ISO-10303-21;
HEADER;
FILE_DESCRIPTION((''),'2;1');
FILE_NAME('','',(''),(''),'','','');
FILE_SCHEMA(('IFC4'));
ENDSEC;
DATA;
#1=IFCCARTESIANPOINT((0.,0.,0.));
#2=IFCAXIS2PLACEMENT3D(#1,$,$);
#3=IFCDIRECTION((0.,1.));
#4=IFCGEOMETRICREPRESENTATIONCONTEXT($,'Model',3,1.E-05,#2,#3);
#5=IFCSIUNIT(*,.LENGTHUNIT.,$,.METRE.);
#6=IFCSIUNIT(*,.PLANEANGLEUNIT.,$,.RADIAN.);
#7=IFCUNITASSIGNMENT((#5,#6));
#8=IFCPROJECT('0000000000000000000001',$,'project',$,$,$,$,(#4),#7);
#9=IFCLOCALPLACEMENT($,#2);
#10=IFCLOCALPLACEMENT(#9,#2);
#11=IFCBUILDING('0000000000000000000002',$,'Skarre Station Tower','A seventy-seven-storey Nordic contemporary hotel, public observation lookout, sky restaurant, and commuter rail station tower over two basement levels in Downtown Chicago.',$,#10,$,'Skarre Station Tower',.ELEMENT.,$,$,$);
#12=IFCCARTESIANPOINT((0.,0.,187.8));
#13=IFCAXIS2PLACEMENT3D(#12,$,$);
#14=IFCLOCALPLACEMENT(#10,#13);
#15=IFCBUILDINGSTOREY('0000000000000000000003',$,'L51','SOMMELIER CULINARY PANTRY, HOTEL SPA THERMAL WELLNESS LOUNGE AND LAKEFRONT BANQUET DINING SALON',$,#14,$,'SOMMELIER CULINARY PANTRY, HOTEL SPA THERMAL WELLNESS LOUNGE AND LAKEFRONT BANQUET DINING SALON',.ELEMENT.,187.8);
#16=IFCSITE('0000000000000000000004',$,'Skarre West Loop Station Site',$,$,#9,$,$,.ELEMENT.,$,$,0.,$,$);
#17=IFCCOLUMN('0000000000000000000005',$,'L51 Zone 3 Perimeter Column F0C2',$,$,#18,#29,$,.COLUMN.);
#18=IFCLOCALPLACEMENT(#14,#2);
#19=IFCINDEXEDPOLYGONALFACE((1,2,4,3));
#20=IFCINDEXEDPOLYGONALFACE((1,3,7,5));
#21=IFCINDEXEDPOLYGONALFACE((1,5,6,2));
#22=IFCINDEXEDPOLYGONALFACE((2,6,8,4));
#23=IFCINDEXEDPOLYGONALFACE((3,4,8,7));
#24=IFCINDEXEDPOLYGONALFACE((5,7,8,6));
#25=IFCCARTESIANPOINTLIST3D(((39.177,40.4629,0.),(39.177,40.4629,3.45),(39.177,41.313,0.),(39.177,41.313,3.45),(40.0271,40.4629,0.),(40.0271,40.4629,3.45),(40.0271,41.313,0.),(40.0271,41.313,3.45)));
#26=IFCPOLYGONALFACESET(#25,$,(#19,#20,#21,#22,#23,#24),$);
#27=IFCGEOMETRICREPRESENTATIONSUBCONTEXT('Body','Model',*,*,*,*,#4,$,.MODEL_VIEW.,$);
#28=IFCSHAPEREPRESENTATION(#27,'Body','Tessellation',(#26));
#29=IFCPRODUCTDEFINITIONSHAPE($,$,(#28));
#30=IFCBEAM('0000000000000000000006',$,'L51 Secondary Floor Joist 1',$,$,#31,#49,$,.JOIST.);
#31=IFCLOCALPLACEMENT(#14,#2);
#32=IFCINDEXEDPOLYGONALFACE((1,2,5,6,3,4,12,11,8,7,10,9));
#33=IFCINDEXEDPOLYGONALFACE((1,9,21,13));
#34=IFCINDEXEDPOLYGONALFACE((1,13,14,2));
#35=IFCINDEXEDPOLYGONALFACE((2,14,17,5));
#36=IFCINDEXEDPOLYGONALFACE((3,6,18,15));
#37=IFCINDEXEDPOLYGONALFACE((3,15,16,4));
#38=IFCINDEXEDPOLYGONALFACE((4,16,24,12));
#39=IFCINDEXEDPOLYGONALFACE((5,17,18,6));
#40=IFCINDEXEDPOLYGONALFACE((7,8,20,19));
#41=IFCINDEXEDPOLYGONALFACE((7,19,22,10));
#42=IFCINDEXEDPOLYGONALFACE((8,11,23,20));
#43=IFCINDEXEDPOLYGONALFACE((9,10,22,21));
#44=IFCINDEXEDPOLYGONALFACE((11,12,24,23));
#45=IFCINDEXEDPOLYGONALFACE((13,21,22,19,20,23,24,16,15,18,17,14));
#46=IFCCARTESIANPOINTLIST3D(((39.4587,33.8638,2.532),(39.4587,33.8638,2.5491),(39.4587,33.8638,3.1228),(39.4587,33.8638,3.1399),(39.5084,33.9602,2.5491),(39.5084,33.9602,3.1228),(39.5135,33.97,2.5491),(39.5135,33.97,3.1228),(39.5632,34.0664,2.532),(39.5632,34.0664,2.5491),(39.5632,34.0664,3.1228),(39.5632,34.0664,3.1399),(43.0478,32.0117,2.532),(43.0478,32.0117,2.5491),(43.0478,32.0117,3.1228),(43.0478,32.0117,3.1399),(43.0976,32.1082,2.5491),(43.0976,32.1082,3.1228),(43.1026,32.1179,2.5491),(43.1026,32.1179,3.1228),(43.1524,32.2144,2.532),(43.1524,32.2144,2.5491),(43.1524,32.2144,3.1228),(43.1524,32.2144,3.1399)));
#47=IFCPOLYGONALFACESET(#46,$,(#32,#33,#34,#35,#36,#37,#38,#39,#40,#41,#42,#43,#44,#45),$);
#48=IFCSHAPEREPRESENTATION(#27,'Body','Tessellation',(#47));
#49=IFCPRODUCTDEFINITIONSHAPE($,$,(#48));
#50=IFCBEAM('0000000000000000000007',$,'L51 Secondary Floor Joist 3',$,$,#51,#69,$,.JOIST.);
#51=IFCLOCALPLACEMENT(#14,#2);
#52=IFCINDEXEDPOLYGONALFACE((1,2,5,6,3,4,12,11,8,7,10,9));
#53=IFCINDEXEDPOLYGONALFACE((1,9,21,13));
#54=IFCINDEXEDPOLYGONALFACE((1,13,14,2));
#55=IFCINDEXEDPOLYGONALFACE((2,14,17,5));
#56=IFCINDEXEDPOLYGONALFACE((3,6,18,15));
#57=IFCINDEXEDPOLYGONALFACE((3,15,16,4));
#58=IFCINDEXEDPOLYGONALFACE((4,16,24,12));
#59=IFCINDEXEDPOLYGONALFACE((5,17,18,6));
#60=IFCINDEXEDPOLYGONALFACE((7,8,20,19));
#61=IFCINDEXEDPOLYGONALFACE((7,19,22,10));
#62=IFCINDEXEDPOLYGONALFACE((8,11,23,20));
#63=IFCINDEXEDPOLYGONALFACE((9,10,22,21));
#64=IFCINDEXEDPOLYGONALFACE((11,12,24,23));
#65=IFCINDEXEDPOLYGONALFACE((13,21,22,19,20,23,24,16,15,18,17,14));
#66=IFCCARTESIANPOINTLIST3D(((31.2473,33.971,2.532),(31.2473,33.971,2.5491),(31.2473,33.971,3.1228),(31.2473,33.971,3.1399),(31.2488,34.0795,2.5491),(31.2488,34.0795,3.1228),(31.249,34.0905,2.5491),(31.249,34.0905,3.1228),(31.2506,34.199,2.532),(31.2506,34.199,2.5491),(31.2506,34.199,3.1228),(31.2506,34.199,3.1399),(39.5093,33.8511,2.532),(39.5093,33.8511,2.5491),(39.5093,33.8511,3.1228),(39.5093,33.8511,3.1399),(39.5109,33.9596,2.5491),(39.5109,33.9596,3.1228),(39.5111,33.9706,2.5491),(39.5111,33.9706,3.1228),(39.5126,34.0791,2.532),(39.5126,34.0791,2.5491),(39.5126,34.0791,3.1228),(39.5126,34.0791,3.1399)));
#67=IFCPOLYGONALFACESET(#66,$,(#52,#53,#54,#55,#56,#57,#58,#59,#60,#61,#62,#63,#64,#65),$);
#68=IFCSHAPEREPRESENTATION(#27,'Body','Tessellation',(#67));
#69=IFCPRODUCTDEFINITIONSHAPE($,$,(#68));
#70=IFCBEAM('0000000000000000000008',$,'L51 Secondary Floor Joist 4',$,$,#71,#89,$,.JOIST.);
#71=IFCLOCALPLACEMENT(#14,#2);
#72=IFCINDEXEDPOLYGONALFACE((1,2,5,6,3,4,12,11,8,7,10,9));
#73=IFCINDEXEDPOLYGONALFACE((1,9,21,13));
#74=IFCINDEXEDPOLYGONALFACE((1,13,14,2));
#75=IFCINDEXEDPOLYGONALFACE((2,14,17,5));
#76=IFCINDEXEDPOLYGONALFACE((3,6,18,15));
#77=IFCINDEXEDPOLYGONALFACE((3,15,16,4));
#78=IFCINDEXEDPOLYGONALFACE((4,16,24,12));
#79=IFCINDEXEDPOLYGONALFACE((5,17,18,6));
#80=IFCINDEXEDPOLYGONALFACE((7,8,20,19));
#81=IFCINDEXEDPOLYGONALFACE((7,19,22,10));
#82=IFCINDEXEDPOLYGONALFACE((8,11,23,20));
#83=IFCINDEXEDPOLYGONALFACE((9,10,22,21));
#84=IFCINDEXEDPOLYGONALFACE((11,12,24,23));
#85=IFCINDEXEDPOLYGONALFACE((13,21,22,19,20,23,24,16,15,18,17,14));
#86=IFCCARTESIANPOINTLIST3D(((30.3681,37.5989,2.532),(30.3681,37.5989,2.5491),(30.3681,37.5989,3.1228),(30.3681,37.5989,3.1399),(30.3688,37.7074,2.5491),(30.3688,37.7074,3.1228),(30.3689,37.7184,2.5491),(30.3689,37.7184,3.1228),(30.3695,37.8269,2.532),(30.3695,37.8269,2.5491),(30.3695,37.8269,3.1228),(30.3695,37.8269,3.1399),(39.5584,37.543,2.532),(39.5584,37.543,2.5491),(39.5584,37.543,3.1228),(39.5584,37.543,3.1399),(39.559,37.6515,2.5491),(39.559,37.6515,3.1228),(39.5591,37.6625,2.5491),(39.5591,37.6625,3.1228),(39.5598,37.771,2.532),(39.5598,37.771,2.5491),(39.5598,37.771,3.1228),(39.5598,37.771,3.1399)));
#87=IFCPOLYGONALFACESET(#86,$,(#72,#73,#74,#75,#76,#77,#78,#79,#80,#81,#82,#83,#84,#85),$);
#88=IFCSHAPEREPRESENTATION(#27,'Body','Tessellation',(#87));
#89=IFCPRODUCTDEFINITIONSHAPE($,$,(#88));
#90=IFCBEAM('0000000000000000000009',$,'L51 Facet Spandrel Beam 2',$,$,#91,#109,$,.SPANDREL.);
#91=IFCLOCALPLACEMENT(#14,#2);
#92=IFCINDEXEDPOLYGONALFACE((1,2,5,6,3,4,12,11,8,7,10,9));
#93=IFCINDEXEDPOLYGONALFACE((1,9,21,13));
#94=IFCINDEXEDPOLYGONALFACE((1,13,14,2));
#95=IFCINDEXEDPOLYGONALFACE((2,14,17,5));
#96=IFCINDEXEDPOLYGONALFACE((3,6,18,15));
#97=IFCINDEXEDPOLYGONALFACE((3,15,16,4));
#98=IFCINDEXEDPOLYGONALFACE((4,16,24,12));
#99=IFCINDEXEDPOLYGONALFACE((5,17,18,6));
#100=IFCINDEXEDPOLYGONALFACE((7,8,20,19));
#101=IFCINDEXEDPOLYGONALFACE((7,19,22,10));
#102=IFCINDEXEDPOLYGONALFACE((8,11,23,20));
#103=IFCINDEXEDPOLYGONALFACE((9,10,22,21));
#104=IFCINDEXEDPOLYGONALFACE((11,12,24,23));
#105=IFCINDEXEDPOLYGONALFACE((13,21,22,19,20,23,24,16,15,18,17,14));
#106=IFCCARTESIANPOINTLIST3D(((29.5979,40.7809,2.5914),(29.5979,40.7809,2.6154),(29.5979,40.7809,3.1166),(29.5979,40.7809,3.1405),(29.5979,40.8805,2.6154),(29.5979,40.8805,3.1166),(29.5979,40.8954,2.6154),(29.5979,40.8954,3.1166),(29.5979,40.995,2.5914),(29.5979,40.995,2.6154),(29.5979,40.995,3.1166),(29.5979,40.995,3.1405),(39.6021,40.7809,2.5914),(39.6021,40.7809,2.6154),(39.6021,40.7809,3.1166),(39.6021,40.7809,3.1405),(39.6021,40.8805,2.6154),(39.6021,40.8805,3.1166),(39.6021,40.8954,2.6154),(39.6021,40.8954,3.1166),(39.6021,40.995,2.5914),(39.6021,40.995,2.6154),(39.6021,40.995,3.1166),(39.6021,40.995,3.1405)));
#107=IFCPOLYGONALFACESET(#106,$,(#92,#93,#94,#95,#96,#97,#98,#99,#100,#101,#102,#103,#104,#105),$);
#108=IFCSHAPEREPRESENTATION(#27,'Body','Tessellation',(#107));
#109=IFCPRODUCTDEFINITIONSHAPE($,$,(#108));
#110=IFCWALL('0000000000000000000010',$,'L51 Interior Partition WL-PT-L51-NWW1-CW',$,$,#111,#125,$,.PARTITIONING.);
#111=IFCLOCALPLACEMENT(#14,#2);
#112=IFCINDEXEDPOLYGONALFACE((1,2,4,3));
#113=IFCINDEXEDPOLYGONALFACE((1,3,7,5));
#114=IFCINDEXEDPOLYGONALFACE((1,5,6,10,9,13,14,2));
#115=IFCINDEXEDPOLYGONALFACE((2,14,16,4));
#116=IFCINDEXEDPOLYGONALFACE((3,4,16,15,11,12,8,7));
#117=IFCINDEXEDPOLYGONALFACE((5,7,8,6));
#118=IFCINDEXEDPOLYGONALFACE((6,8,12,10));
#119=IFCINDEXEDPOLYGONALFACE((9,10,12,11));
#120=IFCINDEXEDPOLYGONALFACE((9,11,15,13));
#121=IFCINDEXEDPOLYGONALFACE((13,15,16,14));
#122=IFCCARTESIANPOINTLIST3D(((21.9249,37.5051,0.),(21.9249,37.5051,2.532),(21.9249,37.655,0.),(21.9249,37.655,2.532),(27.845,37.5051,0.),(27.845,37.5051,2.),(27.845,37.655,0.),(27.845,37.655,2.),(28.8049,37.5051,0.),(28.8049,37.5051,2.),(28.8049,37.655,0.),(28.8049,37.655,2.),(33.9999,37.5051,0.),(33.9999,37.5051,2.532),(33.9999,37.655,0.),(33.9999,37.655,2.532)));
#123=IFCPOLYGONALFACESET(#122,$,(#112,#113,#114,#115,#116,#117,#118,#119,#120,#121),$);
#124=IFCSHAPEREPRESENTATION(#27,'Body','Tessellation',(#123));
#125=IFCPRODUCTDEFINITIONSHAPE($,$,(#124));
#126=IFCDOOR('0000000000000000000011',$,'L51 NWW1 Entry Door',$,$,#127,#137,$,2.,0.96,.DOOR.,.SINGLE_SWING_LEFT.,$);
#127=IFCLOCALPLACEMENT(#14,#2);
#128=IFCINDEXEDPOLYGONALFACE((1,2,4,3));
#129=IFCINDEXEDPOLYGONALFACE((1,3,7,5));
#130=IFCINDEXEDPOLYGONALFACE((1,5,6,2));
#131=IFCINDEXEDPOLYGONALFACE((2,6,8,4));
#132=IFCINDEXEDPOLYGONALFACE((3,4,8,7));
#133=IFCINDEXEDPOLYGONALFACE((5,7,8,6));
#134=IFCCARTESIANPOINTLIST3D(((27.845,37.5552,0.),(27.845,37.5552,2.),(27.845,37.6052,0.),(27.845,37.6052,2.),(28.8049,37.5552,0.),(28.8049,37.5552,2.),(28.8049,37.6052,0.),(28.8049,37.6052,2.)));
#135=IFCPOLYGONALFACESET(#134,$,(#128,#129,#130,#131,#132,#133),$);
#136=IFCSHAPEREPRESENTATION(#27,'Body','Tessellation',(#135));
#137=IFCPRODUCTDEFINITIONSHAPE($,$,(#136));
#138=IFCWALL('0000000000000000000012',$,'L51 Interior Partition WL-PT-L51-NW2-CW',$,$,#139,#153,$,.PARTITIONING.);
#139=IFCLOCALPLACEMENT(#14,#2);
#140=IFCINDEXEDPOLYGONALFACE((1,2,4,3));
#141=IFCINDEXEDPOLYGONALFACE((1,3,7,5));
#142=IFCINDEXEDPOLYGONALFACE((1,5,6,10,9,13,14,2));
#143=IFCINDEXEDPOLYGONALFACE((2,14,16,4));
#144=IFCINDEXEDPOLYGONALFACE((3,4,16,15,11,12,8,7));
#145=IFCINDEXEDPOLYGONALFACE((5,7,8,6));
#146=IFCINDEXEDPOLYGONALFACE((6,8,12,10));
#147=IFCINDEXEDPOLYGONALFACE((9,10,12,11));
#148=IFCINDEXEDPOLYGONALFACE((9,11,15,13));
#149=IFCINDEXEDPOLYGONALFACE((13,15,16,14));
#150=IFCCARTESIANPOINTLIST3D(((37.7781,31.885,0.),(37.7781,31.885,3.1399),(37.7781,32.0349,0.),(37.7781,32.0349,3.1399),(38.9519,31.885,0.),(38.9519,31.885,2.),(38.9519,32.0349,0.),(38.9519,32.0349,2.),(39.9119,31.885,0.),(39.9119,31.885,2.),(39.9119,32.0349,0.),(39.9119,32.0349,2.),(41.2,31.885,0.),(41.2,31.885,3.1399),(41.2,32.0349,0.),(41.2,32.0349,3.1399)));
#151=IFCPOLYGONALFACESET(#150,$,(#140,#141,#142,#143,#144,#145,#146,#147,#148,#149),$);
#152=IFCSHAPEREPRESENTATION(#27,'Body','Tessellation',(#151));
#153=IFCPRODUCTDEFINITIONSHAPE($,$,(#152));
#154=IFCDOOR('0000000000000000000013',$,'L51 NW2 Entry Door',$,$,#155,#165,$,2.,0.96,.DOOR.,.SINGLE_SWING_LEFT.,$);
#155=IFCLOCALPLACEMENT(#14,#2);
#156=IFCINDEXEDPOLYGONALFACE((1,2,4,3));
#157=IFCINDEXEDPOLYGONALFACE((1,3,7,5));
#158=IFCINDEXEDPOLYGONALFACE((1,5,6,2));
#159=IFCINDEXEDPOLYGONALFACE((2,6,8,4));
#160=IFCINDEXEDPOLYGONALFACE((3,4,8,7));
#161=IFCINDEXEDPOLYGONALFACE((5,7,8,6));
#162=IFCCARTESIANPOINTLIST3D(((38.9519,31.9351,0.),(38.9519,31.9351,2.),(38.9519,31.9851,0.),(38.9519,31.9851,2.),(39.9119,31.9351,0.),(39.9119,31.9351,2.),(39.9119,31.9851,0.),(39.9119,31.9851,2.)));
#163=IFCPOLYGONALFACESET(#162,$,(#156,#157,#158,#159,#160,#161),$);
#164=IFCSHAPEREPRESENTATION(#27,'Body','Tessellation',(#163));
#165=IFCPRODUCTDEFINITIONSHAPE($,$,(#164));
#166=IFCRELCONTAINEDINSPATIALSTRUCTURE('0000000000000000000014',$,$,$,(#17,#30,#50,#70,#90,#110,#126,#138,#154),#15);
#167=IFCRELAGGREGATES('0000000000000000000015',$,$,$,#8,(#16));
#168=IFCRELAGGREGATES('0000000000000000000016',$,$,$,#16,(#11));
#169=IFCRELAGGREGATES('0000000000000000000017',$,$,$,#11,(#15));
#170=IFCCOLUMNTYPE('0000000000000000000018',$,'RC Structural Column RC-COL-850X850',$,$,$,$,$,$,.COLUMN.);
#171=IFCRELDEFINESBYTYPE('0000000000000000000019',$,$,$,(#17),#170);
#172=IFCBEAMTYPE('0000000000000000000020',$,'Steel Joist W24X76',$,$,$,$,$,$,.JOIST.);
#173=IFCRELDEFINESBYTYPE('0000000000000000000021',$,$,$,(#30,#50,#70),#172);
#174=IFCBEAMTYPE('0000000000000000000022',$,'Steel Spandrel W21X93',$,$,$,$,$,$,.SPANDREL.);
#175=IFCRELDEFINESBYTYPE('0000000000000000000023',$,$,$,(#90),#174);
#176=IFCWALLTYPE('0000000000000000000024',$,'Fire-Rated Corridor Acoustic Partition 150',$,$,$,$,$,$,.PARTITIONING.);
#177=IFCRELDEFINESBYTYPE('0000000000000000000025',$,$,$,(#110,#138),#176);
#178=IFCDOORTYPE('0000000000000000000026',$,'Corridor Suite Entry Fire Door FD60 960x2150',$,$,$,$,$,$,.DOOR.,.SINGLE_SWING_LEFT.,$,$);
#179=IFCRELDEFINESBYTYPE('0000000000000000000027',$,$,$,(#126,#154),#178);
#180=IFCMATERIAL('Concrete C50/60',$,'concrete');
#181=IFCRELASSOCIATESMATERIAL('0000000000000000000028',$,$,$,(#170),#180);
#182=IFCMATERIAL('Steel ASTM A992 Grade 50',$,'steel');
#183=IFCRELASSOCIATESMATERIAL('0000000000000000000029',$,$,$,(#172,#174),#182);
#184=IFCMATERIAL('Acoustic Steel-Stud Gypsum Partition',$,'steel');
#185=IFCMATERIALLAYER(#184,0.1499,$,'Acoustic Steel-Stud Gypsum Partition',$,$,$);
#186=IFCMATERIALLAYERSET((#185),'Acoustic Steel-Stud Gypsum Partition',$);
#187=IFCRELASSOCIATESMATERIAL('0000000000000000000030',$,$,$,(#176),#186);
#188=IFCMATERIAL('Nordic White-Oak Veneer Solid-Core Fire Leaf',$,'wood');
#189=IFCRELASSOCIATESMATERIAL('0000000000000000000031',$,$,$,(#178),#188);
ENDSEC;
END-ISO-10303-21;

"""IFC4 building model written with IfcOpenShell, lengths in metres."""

from ifc_helpers import new_model, si_unit, direction, frame, frame_2d, origin, origin_2d, place, context, subcontext, project, spatial, rectangle, i_section, extrude, material, layer, layer_set, material_profile, profile_set, type_object, element, fill, save


model = new_model("IFC4")

# Units and contexts
model_context = context("Model", 3, precision=1e-05, world=origin(), true_north=direction((0.0, 1.0)))
body_context = subcontext(model_context, "Body", "Model", "MODEL_VIEW")
ifc_project = project(units=[si_unit("LENGTHUNIT", "METRE"), si_unit("PLANEANGLEUNIT", "RADIAN")], contexts=[model_context])

# Site, building, storey
site_placement = place(None, origin())
site = spatial("IfcSite", under=ifc_project, at=site_placement, Name="Skarre West Loop Station Site", CompositionType="ELEMENT", RefElevation=0.0)
building_placement = place(site_placement, origin())
building = spatial("IfcBuilding", under=site, at=building_placement, Name="Skarre Station Tower", Description="A seventy-seven-storey Nordic contemporary hotel, public observation lookout, sky restaurant, and commuter rail station tower over two basement levels in Downtown Chicago.", LongName="Skarre Station Tower", CompositionType="ELEMENT")
storey_placement = place(building_placement, frame((0.0, 0.0, 187.8)))
storey = spatial("IfcBuildingStorey", under=building, at=storey_placement, Name="L51", Description="SOMMELIER CULINARY PANTRY, HOTEL SPA THERMAL WELLNESS LOUNGE AND LAKEFRONT BANQUET DINING SALON", LongName="SOMMELIER CULINARY PANTRY, HOTEL SPA THERMAL WELLNESS LOUNGE AND LAKEFRONT BANQUET DINING SALON", CompositionType="ELEMENT", Elevation=187.8)

# Column
ifc_material_1 = material(Name="Concrete C50/60", Category="concrete")
ifc_material_profile_1 = material_profile(ifc_material_1, rectangle(XDim=0.8501, YDim=0.8501, at=origin_2d()), Name="Concrete C50/60")
ifc_profile_set_1 = profile_set([ifc_material_profile_1], Name="Concrete C50/60")
column_type = type_object("IfcColumnType", Name="RC Structural Column RC-COL-850X850", PredefinedType="COLUMN", material=ifc_profile_set_1)
column_placement = place(storey_placement, frame((39.6021, 40.8879, 0.0), z_axis=(0.0, 0.0, 1.0), x_axis=(1.0, 0.0, 0.0)))
element("IfcColumn", 1, at=column_placement, inside=storey, type_object=column_type, Name="L51 Zone 3 Perimeter Column F0C2", PredefinedType="COLUMN", context=body_context, shape_type="SweptSolid", body=[
    extrude(rectangle(XDim=0.8501, YDim=0.8501, at=origin_2d()), origin(), (0.0, 0.0, 1.0), 3.45),
])

# Beams
ifc_material_2 = material(Name="Steel ASTM A992 Grade 50", Category="steel")
ifc_material_profile_2 = material_profile(ifc_material_2, i_section(OverallWidth=0.228, OverallDepth=0.6079, WebThickness=0.011, FlangeThickness=0.0171, at=origin_2d()), Name="Steel ASTM A992 Grade 50")
ifc_profile_set_2 = profile_set([ifc_material_profile_2], Name="Steel ASTM A992 Grade 50")
beam_type_1 = type_object("IfcBeamType", Name="Steel Joist W24X76", PredefinedType="JOIST", material=ifc_profile_set_2)
beam_1_placement = place(storey_placement, frame((43.1001, 32.113, 2.8359), z_axis=(-0.88866, 0.458566, 0.0), x_axis=(-0.458566, -0.88866, 0.0)))
element("IfcBeam", 2, at=beam_1_placement, inside=storey, type_object=beam_type_1, Name="L51 Secondary Floor Joist 1", PredefinedType="JOIST", context=body_context, shape_type="SweptSolid", body=[
    extrude(i_section(OverallWidth=0.228, OverallDepth=0.6079, WebThickness=0.011, FlangeThickness=0.0171, at=origin_2d()), origin(), (0.0, 0.0, 1.0), 4.0388),
])
beam_2_placement = place(storey_placement, frame((39.511, 33.9651, 2.8359), z_axis=(-0.999895, 0.014508, 0.0), x_axis=(-0.014508, -0.999895, 0.0)))
element("IfcBeam", 3, at=beam_2_placement, inside=storey, type_object=beam_type_1, Name="L51 Secondary Floor Joist 3", PredefinedType="JOIST", context=body_context, shape_type="SweptSolid", body=[
    extrude(i_section(OverallWidth=0.228, OverallDepth=0.6079, WebThickness=0.011, FlangeThickness=0.0171, at=origin_2d()), origin(), (0.0, 0.0, 1.0), 8.2629),
])
beam_3_placement = place(storey_placement, frame((39.5591, 37.657, 2.8359), z_axis=(-0.999981, 0.006083, 0.0), x_axis=(-0.006083, -0.999981, 0.0)))
element("IfcBeam", 4, at=beam_3_placement, inside=storey, type_object=beam_type_1, Name="L51 Secondary Floor Joist 4", PredefinedType="JOIST", context=body_context, shape_type="SweptSolid", body=[
    extrude(i_section(OverallWidth=0.228, OverallDepth=0.6079, WebThickness=0.011, FlangeThickness=0.0171, at=origin_2d()), origin(), (0.0, 0.0, 1.0), 9.1904),
])
ifc_material_profile_3 = material_profile(ifc_material_2, i_section(OverallWidth=0.2141, OverallDepth=0.5491, WebThickness=0.0149, FlangeThickness=0.0239, at=origin_2d()), Name="Steel ASTM A992 Grade 50")
ifc_profile_set_3 = profile_set([ifc_material_profile_3], Name="Steel ASTM A992 Grade 50")
beam_type_2 = type_object("IfcBeamType", Name="Steel Spandrel W21X93", PredefinedType="SPANDREL", material=ifc_profile_set_3)
beam_4_placement = place(storey_placement, frame((39.6021, 40.8879, 2.866), z_axis=(-1.0, 0.0, 0.0), x_axis=(0.0, -1.0, 0.0)))
element("IfcBeam", 5, at=beam_4_placement, inside=storey, type_object=beam_type_2, Name="L51 Facet Spandrel Beam 2", PredefinedType="SPANDREL", context=body_context, shape_type="SweptSolid", body=[
    extrude(i_section(OverallWidth=0.2141, OverallDepth=0.5491, WebThickness=0.0149, FlangeThickness=0.0239, at=origin_2d()), origin(), (0.0, 0.0, 1.0), 10.0042),
])

# Walls, openings, doors
ifc_material_3 = material(Name="Acoustic Steel-Stud Gypsum Partition", Category="steel")
ifc_layer_1 = layer(ifc_material_3, 0.1499, Name="Acoustic Steel-Stud Gypsum Partition")
ifc_layer_set_1 = layer_set([ifc_layer_1], Name="Acoustic Steel-Stud Gypsum Partition")
wall_type_1 = type_object("IfcWallType", Name="Fire-Rated Corridor Acoustic Partition 150", PredefinedType="PARTITIONING", material=ifc_layer_set_1)
wall_1_placement = place(storey_placement, frame((34.0, 37.5801, 0.0), z_axis=(0.0, 0.0, 1.0), x_axis=(-1.0, 0.0, 0.0)))
wall_1 = element("IfcWall", 6, at=wall_1_placement, inside=storey, type_object=wall_type_1, Name="L51 Interior Partition WL-PT-L51-NWW1-CW", PredefinedType="PARTITIONING", context=body_context, shape_type="SweptSolid", body=[
    extrude(rectangle(XDim=12.075, YDim=0.1499, at=frame_2d((6.0376, 0.0))), origin(), (0.0, 0.0, 1.0), 2.532),
])
opening_1_placement = place(wall_1_placement, frame((5.1951, 0.0, 0.0)))
opening_1 = element("IfcOpeningElement", 7, at=opening_1_placement, cuts=wall_1, PredefinedType="OPENING", context=body_context, shape_type="SweptSolid", body=[
    extrude(rectangle(XDim=0.96, YDim=2.0, at=frame_2d((0.48, 1.0))), frame((0.0, 0.085, 0.0), z_axis=(0.0, -1.0, 0.0), x_axis=(1.0, 0.0, 0.0)), (0.0, 0.0, 1.0), 0.1699),
])
ifc_material_4 = material(Name="Nordic White-Oak Veneer Solid-Core Fire Leaf", Category="wood")
door_type_1 = type_object("IfcDoorType", Name="Corridor Suite Entry Fire Door FD60 960x2150", OperationType="SINGLE_SWING_LEFT", PredefinedType="DOOR", material=ifc_material_4)
door_1_placement = place(opening_1_placement, origin())
door_1 = element("IfcDoor", 8, at=door_1_placement, inside=storey, type_object=door_type_1, Name="L51 NWW1 Entry Door", OperationType="SINGLE_SWING_LEFT", OverallHeight=2.0, OverallWidth=0.96, PredefinedType="DOOR", context=body_context, shape_type="SweptSolid", body=[
    extrude(rectangle(XDim=0.96, YDim=2.0, at=frame_2d((0.48, 1.0))), frame((0.0, 0.0249, 0.0), z_axis=(0.0, -1.0, 0.0), x_axis=(1.0, 0.0, 0.0)), (0.0, 0.0, 1.0), 0.05),
])
fill(opening_1, door_1)
wall_2_placement = place(storey_placement, frame((41.2, 31.96, 0.0), z_axis=(0.0, 0.0, 1.0), x_axis=(-1.0, 0.0, 0.0)))
wall_2 = element("IfcWall", 9, at=wall_2_placement, inside=storey, type_object=wall_type_1, Name="L51 Interior Partition WL-PT-L51-NW2-CW", PredefinedType="PARTITIONING", context=body_context, shape_type="SweptSolid", body=[
    extrude(rectangle(XDim=3.4219, YDim=0.1499, at=frame_2d((1.7109, 0.0))), origin(), (0.0, 0.0, 1.0), 3.1399),
])
opening_2_placement = place(wall_2_placement, frame((1.2881, 0.0, 0.0)))
opening_2 = element("IfcOpeningElement", 10, at=opening_2_placement, cuts=wall_2, PredefinedType="OPENING", context=body_context, shape_type="SweptSolid", body=[
    extrude(rectangle(XDim=0.96, YDim=2.0, at=frame_2d((0.48, 1.0))), frame((0.0, 0.085, 0.0), z_axis=(0.0, -1.0, 0.0), x_axis=(1.0, 0.0, 0.0)), (0.0, 0.0, 1.0), 0.1699),
])
door_2_placement = place(opening_2_placement, origin())
door_2 = element("IfcDoor", 11, at=door_2_placement, inside=storey, type_object=door_type_1, Name="L51 NW2 Entry Door", OperationType="SINGLE_SWING_LEFT", OverallHeight=2.0, OverallWidth=0.96, PredefinedType="DOOR", context=body_context, shape_type="SweptSolid", body=[
    extrude(rectangle(XDim=0.96, YDim=2.0, at=frame_2d((0.48, 1.0))), frame((0.0, 0.0249, 0.0), z_axis=(0.0, -1.0, 0.0), x_axis=(1.0, 0.0, 0.0)), (0.0, 0.0, 1.0), 0.05),
])
fill(opening_2, door_2)

save(model, "model.ifc")
